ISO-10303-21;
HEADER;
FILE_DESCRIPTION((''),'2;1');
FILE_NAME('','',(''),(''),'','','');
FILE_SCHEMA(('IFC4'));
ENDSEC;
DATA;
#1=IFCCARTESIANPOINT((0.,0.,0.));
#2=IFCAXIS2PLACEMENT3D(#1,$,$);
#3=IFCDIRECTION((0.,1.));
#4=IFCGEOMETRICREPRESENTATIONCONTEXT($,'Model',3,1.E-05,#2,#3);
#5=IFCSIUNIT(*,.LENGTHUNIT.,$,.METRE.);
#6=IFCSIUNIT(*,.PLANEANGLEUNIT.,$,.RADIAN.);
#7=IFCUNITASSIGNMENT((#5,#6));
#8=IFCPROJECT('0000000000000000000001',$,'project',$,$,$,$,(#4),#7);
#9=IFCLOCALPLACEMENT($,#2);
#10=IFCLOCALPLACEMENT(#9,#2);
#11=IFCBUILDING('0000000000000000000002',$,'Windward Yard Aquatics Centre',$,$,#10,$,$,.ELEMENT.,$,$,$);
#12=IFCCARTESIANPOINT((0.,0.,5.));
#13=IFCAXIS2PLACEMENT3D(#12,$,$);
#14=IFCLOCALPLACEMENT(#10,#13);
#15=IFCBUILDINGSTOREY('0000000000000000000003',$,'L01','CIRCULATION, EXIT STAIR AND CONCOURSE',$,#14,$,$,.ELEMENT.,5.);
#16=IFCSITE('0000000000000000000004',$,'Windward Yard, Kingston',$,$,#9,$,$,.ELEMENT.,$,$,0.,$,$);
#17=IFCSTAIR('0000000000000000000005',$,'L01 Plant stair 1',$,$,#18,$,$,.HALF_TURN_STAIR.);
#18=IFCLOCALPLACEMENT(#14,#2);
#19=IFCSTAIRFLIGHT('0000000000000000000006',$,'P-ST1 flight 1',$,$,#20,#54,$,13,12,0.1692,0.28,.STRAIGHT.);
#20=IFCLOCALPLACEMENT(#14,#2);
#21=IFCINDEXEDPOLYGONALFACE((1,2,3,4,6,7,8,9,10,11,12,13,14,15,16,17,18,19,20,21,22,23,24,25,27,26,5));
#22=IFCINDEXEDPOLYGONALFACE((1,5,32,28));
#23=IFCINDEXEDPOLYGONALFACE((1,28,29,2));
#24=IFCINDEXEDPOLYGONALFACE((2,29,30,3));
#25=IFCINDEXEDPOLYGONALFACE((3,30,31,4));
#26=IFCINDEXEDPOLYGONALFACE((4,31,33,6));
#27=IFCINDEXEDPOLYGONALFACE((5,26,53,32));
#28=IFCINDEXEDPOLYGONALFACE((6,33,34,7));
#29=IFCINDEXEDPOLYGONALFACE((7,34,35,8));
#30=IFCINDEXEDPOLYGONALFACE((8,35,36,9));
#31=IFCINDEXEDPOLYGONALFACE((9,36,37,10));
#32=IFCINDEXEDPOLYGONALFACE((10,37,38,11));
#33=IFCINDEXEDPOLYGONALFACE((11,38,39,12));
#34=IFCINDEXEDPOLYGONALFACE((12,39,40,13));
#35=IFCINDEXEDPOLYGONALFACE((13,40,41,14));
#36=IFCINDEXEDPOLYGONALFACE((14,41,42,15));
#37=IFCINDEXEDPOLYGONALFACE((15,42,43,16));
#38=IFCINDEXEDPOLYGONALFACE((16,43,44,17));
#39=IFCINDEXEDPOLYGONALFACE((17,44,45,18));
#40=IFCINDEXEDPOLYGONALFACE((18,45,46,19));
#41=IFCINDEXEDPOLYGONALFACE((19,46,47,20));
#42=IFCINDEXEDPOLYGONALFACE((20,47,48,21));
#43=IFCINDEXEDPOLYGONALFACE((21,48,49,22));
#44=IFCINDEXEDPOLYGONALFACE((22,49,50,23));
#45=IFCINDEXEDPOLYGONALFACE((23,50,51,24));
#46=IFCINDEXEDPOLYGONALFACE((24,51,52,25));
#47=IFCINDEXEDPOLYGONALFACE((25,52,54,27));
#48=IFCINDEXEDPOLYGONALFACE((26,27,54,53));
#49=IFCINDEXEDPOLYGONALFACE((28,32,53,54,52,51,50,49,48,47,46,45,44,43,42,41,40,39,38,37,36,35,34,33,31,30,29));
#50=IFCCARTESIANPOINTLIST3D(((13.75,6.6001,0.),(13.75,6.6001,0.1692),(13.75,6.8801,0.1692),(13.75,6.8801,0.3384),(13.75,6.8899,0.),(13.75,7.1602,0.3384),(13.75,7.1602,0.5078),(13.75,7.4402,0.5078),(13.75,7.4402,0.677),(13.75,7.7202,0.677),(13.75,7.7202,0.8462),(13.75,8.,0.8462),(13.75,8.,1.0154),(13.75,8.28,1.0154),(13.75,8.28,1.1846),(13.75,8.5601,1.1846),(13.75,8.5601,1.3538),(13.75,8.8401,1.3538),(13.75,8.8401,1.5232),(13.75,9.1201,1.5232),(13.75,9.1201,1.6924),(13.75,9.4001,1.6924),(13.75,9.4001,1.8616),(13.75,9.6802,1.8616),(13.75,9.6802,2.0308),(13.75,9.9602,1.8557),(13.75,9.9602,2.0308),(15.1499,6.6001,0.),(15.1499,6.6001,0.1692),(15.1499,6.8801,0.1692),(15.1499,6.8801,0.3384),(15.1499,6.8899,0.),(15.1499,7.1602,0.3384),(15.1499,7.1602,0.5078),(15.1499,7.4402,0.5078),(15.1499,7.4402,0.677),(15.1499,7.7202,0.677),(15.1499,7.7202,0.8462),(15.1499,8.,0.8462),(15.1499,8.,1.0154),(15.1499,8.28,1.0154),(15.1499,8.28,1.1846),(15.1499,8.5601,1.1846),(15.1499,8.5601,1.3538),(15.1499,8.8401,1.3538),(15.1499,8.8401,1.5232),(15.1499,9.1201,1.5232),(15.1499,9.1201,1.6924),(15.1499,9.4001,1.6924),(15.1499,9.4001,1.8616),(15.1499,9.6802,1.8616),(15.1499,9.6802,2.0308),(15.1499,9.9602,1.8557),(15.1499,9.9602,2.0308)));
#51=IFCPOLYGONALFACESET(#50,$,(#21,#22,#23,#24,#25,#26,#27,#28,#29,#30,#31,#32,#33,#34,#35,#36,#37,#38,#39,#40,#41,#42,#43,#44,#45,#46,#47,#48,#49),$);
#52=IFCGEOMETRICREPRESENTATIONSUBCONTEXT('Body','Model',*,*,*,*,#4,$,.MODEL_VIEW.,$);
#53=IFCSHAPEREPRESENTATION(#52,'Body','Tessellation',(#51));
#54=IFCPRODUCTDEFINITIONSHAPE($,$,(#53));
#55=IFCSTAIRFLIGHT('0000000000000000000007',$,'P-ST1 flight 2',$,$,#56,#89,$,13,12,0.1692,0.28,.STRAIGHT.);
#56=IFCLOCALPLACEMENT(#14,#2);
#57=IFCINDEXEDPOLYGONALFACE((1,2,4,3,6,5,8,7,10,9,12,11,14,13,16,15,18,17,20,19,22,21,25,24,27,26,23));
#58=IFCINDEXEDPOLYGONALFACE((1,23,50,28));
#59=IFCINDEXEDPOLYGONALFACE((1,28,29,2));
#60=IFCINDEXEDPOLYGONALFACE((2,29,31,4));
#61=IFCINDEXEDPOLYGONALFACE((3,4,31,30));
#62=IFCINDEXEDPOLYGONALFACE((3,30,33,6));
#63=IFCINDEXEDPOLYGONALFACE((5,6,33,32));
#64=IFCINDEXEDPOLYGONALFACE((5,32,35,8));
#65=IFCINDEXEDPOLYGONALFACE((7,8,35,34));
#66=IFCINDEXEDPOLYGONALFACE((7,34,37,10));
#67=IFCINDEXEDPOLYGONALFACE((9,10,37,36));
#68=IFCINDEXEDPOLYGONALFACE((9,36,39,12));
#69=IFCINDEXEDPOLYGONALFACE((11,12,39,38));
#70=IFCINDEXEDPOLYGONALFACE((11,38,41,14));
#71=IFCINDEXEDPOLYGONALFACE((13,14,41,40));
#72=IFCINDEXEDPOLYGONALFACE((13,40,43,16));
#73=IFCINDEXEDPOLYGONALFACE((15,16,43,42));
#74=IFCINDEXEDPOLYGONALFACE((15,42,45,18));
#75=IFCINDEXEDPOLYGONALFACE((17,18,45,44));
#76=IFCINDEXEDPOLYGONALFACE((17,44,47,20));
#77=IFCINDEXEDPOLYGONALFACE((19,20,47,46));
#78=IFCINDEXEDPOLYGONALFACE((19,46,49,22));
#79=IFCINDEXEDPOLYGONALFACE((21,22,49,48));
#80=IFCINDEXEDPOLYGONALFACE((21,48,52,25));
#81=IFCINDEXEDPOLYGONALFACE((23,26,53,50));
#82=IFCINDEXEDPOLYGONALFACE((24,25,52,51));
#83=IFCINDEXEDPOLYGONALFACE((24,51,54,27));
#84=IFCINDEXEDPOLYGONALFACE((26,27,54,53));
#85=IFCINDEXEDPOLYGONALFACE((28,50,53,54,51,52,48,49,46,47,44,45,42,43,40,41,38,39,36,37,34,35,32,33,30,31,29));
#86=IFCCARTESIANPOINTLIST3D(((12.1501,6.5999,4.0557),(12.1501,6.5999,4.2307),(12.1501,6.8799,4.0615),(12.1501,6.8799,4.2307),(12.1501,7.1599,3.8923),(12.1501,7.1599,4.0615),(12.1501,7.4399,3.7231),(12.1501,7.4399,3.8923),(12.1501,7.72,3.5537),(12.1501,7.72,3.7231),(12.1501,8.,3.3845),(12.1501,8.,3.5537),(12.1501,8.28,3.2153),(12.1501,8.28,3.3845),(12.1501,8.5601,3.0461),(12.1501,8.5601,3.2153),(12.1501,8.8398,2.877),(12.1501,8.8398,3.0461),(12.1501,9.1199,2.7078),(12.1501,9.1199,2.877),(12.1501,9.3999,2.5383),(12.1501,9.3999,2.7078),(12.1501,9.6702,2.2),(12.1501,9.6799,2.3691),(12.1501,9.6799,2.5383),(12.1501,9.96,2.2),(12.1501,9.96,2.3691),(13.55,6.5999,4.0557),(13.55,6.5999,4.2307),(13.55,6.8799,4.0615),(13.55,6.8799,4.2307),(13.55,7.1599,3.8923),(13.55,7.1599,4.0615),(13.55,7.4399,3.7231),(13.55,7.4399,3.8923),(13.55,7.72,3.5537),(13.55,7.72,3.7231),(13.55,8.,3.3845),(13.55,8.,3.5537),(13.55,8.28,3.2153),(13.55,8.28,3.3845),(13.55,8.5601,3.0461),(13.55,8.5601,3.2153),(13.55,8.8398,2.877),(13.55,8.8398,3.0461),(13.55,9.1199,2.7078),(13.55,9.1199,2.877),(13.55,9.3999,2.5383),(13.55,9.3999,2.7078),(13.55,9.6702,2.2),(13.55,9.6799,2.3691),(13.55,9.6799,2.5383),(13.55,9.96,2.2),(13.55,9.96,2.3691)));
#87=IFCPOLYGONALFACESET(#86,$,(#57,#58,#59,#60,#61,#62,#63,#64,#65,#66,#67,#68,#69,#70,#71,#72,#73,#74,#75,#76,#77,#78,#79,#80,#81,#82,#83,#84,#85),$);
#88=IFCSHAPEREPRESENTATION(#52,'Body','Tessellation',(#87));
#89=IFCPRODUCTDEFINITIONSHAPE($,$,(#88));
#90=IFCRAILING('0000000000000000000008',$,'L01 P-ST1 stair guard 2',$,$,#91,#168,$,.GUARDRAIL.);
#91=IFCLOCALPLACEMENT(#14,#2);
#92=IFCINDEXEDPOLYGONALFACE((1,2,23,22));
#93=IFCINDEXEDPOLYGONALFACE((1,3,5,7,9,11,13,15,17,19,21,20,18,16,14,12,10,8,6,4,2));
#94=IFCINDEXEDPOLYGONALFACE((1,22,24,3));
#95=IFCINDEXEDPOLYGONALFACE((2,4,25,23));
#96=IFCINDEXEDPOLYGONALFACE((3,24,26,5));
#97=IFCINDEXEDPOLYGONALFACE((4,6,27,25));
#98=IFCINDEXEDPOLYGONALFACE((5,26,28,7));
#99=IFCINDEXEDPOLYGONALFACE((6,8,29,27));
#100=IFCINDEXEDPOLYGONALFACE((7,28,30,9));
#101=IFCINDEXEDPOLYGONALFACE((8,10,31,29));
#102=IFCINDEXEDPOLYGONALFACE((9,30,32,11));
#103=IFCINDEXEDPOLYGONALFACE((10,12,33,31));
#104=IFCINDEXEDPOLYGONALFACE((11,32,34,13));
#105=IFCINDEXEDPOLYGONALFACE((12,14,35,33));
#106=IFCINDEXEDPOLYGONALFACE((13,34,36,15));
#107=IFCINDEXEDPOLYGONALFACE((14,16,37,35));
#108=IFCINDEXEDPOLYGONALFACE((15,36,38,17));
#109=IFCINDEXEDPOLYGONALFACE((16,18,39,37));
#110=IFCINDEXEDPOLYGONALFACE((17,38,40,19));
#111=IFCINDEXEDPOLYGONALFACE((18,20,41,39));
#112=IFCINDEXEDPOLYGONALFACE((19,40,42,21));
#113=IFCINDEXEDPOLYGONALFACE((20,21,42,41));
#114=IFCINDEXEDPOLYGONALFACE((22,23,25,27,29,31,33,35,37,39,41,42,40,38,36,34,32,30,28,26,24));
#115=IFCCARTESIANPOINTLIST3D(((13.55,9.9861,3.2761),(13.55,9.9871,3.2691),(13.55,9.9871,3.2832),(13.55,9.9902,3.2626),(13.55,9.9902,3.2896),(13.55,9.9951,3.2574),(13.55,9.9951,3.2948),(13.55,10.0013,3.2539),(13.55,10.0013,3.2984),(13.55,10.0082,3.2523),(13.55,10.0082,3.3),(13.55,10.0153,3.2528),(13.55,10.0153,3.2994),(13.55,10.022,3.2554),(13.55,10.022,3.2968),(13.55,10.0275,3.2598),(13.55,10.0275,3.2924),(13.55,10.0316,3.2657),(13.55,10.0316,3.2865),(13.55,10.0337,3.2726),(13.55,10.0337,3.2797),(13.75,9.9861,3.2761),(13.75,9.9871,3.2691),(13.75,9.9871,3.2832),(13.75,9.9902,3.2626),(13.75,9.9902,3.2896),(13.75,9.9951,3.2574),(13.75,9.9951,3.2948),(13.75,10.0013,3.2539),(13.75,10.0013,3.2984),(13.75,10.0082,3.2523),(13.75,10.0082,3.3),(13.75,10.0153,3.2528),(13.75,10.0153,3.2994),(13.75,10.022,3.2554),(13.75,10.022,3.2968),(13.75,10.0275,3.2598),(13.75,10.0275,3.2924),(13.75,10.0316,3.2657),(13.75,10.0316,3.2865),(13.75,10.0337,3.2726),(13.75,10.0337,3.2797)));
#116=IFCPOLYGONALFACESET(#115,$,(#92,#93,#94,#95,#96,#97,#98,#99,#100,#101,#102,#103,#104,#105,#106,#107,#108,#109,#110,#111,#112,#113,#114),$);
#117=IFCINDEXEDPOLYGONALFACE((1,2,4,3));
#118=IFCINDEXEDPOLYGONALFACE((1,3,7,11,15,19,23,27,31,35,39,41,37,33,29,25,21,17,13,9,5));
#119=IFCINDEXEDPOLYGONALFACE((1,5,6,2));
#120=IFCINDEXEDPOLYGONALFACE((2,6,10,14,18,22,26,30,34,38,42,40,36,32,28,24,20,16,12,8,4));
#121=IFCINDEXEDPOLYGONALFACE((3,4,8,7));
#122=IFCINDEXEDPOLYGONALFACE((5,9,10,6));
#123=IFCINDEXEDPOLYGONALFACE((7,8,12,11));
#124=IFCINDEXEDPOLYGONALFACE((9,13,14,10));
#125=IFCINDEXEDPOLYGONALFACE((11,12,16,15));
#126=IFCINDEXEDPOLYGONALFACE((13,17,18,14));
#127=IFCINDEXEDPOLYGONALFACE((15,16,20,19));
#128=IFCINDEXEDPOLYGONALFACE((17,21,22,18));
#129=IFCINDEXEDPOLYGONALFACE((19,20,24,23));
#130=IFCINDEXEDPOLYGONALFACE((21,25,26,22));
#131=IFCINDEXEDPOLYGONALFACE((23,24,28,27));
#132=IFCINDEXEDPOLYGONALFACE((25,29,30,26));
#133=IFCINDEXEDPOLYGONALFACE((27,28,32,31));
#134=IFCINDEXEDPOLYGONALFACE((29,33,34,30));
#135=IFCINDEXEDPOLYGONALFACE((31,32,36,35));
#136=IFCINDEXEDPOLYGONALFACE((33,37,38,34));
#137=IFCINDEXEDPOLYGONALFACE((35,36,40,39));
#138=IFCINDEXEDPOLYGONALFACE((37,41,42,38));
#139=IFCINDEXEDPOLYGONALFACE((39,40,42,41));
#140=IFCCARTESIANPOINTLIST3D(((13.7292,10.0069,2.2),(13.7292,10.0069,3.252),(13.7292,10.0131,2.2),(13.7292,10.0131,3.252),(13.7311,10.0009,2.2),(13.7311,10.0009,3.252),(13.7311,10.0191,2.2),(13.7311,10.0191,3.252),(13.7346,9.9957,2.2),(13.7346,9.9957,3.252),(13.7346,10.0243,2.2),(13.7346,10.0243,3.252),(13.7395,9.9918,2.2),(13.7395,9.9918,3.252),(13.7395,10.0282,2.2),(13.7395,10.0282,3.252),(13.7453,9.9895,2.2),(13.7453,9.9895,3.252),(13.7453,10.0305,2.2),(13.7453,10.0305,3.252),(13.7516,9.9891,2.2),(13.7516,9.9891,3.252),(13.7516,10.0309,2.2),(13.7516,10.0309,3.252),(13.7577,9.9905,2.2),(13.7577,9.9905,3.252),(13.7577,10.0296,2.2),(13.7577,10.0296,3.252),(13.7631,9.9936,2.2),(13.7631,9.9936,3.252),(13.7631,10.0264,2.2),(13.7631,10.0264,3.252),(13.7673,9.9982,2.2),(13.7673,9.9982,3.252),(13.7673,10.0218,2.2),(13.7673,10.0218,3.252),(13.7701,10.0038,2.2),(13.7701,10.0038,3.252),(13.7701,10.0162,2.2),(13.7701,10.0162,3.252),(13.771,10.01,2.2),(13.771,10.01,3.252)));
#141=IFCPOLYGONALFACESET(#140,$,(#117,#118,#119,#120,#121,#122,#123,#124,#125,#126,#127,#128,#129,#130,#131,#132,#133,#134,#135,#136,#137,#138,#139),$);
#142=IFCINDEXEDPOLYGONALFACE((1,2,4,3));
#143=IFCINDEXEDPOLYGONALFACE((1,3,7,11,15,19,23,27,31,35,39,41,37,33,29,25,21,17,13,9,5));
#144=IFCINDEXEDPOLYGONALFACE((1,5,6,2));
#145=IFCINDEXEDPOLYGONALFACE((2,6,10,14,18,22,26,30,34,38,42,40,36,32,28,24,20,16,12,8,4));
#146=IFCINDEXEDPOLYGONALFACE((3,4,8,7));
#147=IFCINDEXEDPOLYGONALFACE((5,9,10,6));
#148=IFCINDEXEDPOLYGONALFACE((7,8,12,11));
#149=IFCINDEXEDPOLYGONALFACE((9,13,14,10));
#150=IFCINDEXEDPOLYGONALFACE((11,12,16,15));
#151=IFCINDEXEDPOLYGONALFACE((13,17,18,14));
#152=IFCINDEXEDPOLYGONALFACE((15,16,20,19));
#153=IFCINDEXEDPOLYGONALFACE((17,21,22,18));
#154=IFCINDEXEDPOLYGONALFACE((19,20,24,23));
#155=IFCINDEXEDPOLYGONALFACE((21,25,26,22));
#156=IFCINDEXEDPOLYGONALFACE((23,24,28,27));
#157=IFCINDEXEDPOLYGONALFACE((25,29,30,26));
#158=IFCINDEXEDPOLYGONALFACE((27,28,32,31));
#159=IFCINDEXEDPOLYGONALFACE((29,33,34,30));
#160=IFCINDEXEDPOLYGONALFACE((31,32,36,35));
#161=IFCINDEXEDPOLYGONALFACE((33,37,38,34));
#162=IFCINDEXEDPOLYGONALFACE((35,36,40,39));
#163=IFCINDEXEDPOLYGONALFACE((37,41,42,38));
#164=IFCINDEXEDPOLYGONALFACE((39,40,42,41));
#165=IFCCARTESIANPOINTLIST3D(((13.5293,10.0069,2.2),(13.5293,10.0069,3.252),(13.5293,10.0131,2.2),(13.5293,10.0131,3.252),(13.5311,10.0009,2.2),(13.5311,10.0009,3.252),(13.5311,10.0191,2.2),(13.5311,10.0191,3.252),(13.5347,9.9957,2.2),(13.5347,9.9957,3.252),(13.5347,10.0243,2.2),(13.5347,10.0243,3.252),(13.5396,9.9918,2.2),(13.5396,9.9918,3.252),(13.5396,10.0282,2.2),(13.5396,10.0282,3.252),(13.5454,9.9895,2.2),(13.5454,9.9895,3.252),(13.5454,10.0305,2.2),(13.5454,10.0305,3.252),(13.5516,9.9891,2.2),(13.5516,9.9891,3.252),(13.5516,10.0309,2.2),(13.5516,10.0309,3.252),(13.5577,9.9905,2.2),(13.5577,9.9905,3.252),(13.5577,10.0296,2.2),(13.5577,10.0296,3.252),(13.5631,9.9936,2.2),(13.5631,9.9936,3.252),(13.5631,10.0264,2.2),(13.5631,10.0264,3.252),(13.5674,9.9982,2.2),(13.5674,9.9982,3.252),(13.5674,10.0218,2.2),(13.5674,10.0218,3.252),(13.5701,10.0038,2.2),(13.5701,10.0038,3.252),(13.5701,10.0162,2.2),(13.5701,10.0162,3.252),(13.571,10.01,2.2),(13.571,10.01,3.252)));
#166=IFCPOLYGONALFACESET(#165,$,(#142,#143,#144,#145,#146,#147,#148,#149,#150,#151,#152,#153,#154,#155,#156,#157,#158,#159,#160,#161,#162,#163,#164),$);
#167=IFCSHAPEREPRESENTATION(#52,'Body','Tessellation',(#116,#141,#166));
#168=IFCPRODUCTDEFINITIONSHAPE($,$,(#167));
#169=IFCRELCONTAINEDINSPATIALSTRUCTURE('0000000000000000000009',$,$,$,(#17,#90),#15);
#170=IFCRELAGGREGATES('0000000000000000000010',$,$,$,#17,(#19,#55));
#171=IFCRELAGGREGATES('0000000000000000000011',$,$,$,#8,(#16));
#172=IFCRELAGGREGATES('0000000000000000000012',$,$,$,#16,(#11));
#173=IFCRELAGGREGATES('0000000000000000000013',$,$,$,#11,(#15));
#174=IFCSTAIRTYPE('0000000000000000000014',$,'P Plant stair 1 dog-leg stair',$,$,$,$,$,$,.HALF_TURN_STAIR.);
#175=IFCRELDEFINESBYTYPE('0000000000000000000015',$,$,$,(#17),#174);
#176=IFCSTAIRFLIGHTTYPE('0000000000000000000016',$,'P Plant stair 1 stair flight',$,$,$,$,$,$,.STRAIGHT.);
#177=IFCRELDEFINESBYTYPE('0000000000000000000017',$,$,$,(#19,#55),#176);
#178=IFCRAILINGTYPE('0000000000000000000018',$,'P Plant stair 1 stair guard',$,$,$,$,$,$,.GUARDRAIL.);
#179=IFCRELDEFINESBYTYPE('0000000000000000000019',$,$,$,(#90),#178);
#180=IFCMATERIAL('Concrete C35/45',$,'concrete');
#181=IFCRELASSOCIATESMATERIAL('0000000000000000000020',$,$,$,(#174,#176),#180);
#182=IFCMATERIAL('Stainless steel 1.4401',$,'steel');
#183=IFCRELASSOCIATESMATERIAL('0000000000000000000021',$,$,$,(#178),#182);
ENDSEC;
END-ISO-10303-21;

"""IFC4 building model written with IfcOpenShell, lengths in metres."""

from ifc_helpers import new_model, si_unit, direction, frame, origin, origin_2d, place, context, subcontext, project, spatial, polyline, circle, outline, extrude, material, type_object, element, aggregate, save


model = new_model("IFC4")

# Units and contexts
model_context = context("Model", 3, precision=1e-05, world=origin(), true_north=direction((0.0, 1.0)))
body_context = subcontext(model_context, "Body", "Model", "MODEL_VIEW")
ifc_project = project(units=[si_unit("LENGTHUNIT", "METRE"), si_unit("PLANEANGLEUNIT", "RADIAN")], contexts=[model_context])

# Site, building, storey
site_placement = place(None, origin())
site = spatial("IfcSite", under=ifc_project, at=site_placement, Name="Windward Yard, Kingston", CompositionType="ELEMENT", RefElevation=0.0)
building_placement = place(site_placement, origin())
building = spatial("IfcBuilding", under=site, at=building_placement, Name="Windward Yard Aquatics Centre", CompositionType="ELEMENT")
storey_placement = place(building_placement, frame((0.0, 0.0, 5.0)))
storey = spatial("IfcBuildingStorey", under=building, at=storey_placement, Name="L01", Description="CIRCULATION, EXIT STAIR AND CONCOURSE", CompositionType="ELEMENT", Elevation=5.0)

# Shared definitions
ifc_material_1 = material(Name="Concrete C35/45", Category="concrete")

# Stair, stair flights
stair_type = type_object("IfcStairType", Name="P Plant stair 1 dog-leg stair", PredefinedType="HALF_TURN_STAIR", material=ifc_material_1)
stair_placement = place(storey_placement, origin())
stair = element("IfcStair", 1, at=stair_placement, inside=storey, type_object=stair_type, Name="L01 Plant stair 1", PredefinedType="HALF_TURN_STAIR")
stair_flight_type = type_object("IfcStairFlightType", Name="P Plant stair 1 stair flight", PredefinedType="STRAIGHT", material=ifc_material_1)
stair_flight_1_placement = place(storey_placement, frame((14.45, 6.6001, 0.0), z_axis=(0.0, 0.0, 1.0), x_axis=(0.0, 1.0, 0.0)))
stair_flight_1 = element("IfcStairFlight", 2, at=stair_flight_1_placement, type_object=stair_flight_type, Name="P-ST1 flight 1", NumberOfRisers=13, NumberOfTreads=12, PredefinedType="STRAIGHT", RiserHeight=0.1692, TreadLength=0.28, context=body_context, shape_type="SweptSolid", body=[
    extrude(outline(polyline([(0.0, 0.0), (0.0, 0.1692), (0.28, 0.1692), (0.28, 0.3384), (0.5601, 0.3384), (0.5601, 0.5078), (0.8401, 0.5078), (0.8401, 0.677), (1.1201, 0.677), (1.1201, 0.8462), (1.3999, 0.8462), (1.3999, 1.0154), (1.6799, 1.0154), (1.6799, 1.1846), (1.96, 1.1846), (1.96, 1.3538), (2.24, 1.3538), (2.24, 1.5232), (2.52, 1.5232), (2.52, 1.6924), (2.8, 1.6924), (2.8, 1.8616), (3.0801, 1.8616), (3.0801, 2.0308), (3.3601, 2.0308), (3.3601, 2.2), (3.3601, 1.8557), (0.2898, 0.0), (0.0, 0.0)])), frame((0.0, 0.7, 0.0), z_axis=(0.0, -1.0, 0.0), x_axis=(1.0, 0.0, 0.0)), (0.0, 0.0, 1.0), 1.3999),
])
stair_flight_2_placement = place(storey_placement, frame((12.8501, 9.96, 2.2), z_axis=(0.0, 0.0, 1.0), x_axis=(0.0, -1.0, 0.0)))
stair_flight_2 = element("IfcStairFlight", 3, at=stair_flight_2_placement, type_object=stair_flight_type, Name="P-ST1 flight 2", NumberOfRisers=13, NumberOfTreads=12, PredefinedType="STRAIGHT", RiserHeight=0.1692, TreadLength=0.28, context=body_context, shape_type="SweptSolid", body=[
    extrude(outline(polyline([(0.0, 0.0), (0.0, 0.1692), (0.28, 0.1692), (0.28, 0.3384), (0.5601, 0.3384), (0.5601, 0.5078), (0.8401, 0.5078), (0.8401, 0.677), (1.1201, 0.677), (1.1201, 0.8462), (1.3999, 0.8462), (1.3999, 1.0154), (1.6799, 1.0154), (1.6799, 1.1846), (1.96, 1.1846), (1.96, 1.3538), (2.24, 1.3538), (2.24, 1.5232), (2.52, 1.5232), (2.52, 1.6924), (2.8, 1.6924), (2.8, 1.8616), (3.0801, 1.8616), (3.0801, 2.0308), (3.3601, 2.0308), (3.3601, 2.2), (3.3601, 1.8557), (0.2898, 0.0), (0.0, 0.0)])), frame((0.0, 0.7, 0.0), z_axis=(0.0, -1.0, 0.0), x_axis=(1.0, 0.0, 0.0)), (0.0, 0.0, 1.0), 1.3999),
])
aggregate(stair, [stair_flight_1, stair_flight_2])

# Railing
ifc_material_2 = material(Name="Stainless steel 1.4401", Category="steel")
railing_type_1 = type_object("IfcRailingType", Name="P Plant stair 1 stair guard", PredefinedType="GUARDRAIL", material=ifc_material_2)
railing_1_placement = place(storey_placement, frame((13.75, 10.01, 2.2)))
element("IfcRailing", 4, at=railing_1_placement, inside=storey, type_object=railing_type_1, Name="L01 P-ST1 stair guard 2", PredefinedType="GUARDRAIL", context=body_context, shape_type="SweptSolid", body=[
    extrude(circle(Radius=0.0239, at=origin_2d()), frame((0.0, 0.0, 1.0762), z_axis=(-1.0, 0.0, 0.0), x_axis=(0.0, -1.0, 0.0)), (0.0, 0.0, 1.0), 0.2),
    extrude(circle(Radius=0.021, at=origin_2d()), origin(), (0.0, 0.0, 1.0), 1.052),
    extrude(circle(Radius=0.021, at=origin_2d()), frame((-0.2, 0.0, 0.0)), (0.0, 0.0, 1.0), 1.052),
])

save(model, "model.ifc")
